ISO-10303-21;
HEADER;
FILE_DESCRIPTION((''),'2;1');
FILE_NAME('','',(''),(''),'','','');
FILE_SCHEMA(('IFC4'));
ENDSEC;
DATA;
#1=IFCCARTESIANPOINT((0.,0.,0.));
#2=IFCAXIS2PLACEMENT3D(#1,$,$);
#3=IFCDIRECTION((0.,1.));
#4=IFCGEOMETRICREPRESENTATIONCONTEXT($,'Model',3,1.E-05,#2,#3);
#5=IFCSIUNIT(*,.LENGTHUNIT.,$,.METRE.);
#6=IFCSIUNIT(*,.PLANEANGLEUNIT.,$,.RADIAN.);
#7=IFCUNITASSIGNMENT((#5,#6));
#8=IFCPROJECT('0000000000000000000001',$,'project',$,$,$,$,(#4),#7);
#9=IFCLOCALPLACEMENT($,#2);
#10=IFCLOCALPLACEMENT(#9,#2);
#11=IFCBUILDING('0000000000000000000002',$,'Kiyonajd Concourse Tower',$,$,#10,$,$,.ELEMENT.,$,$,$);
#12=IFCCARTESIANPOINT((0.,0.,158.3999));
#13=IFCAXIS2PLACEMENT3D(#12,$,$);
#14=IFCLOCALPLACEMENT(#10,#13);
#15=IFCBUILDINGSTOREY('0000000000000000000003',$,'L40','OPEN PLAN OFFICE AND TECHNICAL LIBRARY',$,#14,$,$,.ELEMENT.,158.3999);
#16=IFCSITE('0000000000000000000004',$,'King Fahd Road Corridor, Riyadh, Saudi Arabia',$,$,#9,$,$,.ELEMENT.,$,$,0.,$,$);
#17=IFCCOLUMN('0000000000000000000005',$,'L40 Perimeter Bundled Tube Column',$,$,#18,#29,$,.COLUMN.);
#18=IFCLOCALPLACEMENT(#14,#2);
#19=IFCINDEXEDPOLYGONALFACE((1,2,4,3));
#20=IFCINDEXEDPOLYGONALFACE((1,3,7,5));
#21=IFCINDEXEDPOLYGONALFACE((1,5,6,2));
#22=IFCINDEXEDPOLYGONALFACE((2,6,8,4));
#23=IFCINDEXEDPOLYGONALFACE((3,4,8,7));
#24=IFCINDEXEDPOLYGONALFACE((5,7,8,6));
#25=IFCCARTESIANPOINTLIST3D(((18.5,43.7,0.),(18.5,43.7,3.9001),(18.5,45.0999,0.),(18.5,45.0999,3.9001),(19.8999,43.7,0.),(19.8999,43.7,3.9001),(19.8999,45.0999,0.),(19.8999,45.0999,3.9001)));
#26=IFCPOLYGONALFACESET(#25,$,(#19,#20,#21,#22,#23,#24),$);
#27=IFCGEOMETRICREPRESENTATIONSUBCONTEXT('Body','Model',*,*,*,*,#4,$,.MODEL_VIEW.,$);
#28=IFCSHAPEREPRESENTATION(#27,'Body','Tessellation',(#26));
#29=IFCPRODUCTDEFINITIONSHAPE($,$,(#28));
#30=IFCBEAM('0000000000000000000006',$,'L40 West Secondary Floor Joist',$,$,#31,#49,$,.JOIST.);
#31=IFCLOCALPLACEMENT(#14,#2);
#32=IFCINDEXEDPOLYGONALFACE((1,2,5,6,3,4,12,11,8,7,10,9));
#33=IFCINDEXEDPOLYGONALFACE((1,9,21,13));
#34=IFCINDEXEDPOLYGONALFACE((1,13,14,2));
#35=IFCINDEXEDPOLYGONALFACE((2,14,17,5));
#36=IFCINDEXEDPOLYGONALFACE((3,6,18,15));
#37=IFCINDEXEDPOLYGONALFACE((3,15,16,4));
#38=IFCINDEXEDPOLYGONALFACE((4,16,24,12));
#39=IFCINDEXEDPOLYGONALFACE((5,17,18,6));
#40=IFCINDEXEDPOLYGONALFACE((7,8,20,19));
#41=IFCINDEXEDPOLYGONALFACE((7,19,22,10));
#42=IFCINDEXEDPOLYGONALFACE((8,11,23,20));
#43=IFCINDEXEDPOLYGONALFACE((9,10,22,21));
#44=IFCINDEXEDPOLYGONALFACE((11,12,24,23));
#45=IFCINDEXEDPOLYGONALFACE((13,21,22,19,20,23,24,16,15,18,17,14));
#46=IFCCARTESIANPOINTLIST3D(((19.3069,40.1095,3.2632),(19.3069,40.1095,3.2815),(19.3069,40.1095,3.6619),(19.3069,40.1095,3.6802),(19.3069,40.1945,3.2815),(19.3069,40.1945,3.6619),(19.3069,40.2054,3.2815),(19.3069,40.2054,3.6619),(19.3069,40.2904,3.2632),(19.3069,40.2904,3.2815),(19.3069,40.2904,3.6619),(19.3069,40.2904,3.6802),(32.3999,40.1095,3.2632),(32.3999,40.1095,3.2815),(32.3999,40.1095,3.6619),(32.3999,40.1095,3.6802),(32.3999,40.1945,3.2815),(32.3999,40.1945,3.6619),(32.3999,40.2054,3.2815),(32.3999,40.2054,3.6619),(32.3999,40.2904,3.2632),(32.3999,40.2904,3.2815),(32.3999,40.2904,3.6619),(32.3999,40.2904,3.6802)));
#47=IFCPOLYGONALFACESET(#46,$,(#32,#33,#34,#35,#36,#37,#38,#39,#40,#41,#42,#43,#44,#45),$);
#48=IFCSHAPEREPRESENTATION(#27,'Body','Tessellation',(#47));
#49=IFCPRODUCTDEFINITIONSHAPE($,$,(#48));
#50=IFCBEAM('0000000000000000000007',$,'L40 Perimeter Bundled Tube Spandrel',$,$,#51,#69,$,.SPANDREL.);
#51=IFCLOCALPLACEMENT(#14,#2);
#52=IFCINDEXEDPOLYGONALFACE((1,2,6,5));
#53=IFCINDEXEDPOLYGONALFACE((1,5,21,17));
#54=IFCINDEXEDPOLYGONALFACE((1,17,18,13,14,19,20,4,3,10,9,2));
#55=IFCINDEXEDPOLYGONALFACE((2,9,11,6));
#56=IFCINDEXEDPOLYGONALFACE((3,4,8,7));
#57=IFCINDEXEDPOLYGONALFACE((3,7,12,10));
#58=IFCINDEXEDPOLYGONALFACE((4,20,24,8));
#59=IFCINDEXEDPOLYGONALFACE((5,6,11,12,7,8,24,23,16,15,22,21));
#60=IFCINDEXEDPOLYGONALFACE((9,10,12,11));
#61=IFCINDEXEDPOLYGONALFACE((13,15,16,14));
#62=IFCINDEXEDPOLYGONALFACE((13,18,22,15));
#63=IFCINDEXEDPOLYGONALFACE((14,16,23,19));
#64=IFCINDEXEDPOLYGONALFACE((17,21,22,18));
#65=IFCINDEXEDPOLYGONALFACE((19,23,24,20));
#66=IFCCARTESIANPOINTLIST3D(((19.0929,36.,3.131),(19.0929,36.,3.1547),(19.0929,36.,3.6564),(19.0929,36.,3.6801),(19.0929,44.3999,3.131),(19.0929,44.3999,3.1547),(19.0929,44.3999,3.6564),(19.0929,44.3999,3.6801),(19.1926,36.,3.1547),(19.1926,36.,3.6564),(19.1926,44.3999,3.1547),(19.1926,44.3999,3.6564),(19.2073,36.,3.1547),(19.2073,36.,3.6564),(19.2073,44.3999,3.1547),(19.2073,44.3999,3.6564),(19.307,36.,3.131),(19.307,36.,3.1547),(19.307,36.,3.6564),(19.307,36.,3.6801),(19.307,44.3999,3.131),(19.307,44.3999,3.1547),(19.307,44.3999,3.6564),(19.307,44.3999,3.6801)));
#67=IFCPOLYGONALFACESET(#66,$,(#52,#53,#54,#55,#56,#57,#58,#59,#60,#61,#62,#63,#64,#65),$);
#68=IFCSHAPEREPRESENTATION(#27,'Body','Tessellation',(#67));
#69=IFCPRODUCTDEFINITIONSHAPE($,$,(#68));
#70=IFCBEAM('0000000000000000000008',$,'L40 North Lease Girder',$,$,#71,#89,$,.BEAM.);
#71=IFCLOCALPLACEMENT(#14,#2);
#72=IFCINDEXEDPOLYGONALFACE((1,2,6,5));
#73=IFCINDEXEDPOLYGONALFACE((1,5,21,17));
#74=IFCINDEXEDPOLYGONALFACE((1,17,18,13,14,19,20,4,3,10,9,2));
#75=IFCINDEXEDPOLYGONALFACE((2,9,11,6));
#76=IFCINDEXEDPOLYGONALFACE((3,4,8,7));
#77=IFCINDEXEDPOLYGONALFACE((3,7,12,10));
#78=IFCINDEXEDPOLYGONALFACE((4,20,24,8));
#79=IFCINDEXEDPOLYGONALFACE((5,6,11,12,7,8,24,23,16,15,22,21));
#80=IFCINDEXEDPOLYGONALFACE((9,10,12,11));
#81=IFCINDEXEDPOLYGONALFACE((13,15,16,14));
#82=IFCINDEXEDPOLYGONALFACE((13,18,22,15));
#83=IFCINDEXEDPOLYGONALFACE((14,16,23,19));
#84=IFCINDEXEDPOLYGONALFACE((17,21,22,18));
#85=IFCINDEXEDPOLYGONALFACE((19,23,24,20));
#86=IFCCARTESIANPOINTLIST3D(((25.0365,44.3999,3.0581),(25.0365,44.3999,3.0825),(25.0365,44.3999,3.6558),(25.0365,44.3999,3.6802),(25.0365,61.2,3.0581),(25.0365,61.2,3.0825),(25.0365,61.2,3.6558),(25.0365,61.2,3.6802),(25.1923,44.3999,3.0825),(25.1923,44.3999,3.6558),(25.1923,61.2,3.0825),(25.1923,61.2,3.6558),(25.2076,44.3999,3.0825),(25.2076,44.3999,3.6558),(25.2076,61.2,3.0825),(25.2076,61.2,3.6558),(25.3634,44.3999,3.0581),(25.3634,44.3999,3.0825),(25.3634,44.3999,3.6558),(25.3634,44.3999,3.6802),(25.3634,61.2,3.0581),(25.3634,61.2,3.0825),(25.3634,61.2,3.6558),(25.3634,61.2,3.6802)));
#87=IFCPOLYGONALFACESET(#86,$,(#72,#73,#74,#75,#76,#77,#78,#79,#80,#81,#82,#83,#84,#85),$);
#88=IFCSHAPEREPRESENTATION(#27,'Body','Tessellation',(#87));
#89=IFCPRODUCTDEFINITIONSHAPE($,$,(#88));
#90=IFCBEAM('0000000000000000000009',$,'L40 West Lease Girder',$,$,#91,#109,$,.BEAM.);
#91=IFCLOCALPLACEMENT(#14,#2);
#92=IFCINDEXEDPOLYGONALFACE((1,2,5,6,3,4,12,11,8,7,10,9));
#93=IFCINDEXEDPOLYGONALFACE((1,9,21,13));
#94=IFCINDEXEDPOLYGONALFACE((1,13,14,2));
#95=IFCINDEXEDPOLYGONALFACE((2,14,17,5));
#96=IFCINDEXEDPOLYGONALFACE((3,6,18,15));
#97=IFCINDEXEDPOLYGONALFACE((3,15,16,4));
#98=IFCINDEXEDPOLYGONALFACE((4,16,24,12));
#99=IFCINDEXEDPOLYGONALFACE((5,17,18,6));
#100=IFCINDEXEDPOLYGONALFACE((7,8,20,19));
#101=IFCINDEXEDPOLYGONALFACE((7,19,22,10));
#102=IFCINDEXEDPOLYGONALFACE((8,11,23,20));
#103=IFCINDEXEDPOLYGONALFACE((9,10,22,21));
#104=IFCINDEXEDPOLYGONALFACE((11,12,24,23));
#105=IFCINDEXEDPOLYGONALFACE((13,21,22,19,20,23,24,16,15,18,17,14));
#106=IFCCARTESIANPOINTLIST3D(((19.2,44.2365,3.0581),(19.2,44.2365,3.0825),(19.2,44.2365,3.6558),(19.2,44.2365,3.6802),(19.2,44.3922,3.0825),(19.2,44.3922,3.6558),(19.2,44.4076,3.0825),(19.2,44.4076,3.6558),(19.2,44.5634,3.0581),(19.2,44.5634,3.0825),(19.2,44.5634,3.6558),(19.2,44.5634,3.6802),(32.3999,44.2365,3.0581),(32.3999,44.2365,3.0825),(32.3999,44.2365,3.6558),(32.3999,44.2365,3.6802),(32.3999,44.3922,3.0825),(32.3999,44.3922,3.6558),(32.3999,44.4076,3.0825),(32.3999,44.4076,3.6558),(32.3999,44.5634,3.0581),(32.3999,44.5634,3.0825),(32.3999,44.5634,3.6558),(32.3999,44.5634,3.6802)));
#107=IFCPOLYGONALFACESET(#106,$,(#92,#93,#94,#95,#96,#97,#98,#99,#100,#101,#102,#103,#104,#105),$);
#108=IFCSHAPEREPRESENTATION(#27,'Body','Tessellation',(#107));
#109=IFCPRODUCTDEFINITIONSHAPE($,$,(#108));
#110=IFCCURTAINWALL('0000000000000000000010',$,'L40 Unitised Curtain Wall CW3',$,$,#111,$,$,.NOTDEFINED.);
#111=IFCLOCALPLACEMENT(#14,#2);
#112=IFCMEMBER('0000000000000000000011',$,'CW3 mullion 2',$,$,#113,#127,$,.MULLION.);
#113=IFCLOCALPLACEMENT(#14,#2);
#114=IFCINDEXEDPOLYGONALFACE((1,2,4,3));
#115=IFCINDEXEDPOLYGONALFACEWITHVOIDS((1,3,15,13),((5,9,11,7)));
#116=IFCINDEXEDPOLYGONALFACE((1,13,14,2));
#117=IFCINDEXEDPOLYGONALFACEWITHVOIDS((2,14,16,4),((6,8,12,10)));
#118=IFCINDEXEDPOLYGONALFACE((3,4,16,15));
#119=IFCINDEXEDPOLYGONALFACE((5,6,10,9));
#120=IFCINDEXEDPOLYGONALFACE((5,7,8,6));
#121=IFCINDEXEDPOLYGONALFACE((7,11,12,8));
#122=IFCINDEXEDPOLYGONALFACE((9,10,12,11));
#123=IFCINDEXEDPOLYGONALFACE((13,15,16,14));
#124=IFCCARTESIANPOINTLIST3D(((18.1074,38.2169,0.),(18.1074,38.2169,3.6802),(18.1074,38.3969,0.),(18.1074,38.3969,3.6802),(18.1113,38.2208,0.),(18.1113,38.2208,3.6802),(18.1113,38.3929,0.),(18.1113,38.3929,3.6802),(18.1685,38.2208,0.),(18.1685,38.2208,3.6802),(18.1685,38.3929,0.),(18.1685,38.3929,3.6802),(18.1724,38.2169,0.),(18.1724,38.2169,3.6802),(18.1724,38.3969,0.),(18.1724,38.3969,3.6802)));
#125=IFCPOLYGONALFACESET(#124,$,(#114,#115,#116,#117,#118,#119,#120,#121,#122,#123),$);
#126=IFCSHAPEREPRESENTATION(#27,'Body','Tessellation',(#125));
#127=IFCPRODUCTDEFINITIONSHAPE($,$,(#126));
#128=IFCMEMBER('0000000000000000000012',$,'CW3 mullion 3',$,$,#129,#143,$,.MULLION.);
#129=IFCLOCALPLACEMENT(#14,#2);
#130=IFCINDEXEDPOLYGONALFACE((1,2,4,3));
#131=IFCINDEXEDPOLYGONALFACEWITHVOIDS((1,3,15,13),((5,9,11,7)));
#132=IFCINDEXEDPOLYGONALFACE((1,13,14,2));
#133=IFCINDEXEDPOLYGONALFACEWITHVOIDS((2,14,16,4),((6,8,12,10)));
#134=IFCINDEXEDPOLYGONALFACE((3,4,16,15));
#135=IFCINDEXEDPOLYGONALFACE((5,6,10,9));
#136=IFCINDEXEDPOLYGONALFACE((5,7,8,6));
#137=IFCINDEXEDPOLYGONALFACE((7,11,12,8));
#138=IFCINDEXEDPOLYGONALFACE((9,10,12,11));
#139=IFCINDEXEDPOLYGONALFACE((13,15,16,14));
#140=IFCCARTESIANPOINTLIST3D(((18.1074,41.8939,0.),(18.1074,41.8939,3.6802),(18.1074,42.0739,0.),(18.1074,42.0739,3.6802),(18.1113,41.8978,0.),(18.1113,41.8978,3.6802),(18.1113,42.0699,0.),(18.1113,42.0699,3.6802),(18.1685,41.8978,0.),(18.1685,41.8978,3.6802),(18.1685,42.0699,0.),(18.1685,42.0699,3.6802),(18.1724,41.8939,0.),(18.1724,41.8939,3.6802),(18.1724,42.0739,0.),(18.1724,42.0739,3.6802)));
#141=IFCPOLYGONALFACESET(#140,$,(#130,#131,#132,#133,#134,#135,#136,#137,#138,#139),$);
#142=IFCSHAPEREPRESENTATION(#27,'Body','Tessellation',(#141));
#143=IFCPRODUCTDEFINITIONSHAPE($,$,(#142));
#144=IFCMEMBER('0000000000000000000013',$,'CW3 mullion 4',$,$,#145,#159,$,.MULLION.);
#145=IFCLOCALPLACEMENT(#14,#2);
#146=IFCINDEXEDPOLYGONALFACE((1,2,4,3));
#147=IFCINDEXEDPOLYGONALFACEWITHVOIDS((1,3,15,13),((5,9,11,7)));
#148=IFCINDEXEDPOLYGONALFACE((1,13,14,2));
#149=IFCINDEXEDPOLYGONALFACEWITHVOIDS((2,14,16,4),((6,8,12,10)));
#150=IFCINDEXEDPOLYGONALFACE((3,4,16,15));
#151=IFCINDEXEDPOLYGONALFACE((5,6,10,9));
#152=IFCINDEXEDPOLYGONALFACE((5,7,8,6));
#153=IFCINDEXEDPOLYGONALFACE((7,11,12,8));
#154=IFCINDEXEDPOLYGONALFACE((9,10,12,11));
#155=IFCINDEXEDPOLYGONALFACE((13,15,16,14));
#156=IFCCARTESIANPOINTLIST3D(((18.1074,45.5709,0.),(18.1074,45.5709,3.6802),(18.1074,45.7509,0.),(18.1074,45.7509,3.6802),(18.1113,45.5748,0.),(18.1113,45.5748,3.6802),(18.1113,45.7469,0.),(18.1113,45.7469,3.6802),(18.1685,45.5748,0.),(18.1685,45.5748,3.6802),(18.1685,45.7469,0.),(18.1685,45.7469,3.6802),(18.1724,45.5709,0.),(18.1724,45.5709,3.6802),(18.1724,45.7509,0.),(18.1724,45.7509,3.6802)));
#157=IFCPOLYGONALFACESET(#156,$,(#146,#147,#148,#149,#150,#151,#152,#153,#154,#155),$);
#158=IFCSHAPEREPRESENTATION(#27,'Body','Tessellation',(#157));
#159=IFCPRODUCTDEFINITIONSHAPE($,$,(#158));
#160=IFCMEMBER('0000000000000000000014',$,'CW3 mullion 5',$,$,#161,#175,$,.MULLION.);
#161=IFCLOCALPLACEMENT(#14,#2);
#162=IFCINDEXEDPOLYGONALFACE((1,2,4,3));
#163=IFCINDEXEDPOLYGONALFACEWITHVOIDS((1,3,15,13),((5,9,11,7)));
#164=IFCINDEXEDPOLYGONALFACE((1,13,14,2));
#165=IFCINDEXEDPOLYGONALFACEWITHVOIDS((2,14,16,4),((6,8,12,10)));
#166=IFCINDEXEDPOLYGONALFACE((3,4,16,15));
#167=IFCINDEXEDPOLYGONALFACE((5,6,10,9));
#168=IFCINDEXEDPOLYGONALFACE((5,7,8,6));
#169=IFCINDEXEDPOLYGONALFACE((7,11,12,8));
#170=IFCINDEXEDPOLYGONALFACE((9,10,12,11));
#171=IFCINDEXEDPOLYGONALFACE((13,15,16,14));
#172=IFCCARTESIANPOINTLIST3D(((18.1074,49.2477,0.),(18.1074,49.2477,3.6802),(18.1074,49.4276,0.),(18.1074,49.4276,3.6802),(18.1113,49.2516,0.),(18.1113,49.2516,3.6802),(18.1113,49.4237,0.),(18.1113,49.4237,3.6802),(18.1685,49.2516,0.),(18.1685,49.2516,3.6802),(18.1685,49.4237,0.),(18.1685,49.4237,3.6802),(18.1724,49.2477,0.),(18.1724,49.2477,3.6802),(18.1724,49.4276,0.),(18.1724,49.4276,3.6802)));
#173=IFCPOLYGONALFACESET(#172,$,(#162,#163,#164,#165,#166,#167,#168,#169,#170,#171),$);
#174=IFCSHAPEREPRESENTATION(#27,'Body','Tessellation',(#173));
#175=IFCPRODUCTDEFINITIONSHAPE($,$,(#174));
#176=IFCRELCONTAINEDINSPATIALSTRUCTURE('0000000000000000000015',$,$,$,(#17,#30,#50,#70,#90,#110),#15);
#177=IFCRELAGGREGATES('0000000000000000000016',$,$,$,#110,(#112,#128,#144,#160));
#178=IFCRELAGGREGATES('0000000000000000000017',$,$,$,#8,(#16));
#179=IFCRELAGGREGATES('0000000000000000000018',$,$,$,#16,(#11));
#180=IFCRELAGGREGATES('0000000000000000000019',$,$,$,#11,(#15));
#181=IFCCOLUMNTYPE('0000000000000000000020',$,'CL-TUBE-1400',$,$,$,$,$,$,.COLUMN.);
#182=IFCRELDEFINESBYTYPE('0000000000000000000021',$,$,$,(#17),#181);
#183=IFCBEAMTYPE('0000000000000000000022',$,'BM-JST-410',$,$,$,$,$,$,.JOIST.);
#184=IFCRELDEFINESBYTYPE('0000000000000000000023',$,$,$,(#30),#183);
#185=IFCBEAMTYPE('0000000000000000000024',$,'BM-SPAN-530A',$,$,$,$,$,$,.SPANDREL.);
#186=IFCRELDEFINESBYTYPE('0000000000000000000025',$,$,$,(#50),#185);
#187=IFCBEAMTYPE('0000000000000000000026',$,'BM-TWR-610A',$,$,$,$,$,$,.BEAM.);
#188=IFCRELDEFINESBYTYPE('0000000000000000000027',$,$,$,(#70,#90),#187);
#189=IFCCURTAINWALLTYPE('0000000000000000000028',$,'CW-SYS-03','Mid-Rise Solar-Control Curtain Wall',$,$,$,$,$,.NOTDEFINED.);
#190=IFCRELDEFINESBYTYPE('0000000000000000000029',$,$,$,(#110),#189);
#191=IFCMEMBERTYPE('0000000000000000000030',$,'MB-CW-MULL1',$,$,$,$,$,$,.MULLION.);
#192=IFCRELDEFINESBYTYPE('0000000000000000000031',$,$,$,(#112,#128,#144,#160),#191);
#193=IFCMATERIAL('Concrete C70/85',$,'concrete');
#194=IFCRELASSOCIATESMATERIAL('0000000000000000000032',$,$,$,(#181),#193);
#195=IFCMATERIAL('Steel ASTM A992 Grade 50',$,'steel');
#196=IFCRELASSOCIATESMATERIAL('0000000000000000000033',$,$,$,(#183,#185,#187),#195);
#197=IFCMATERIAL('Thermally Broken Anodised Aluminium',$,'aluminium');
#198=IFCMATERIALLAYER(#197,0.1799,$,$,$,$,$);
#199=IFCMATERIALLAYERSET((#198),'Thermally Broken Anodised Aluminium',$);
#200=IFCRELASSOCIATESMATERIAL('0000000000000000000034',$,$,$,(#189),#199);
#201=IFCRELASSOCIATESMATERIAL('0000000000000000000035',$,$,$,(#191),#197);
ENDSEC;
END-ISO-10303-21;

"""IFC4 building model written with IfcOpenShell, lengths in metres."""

from ifc_helpers import new_model, si_unit, direction, frame, origin, origin_2d, place, context, subcontext, project, spatial, rectangle, hollow_rectangle, i_section, extrude, material, layer, layer_set, material_profile, profile_set, type_object, element, aggregate, save


model = new_model("IFC4")

# Units and contexts
model_context = context("Model", 3, precision=1e-05, world=origin(), true_north=direction((0.0, 1.0)))
body_context = subcontext(model_context, "Body", "Model", "MODEL_VIEW")
ifc_project = project(units=[si_unit("LENGTHUNIT", "METRE"), si_unit("PLANEANGLEUNIT", "RADIAN")], contexts=[model_context])

# Site, building, storey
site_placement = place(None, origin())
site = spatial("IfcSite", under=ifc_project, at=site_placement, Name="King Fahd Road Corridor, Riyadh, Saudi Arabia", CompositionType="ELEMENT", RefElevation=0.0)
building_placement = place(site_placement, origin())
building = spatial("IfcBuilding", under=site, at=building_placement, Name="Kiyonajd Concourse Tower", CompositionType="ELEMENT")
storey_placement = place(building_placement, frame((0.0, 0.0, 158.3999)))
storey = spatial("IfcBuildingStorey", under=building, at=storey_placement, Name="L40", Description="OPEN PLAN OFFICE AND TECHNICAL LIBRARY", CompositionType="ELEMENT", Elevation=158.3999)

# Column
ifc_material_1 = material(Name="Concrete C70/85", Category="concrete")
ifc_material_profile_1 = material_profile(ifc_material_1, rectangle(XDim=1.3999, YDim=1.3999, at=origin_2d()), Name="RC-1400x1400")
ifc_profile_set_1 = profile_set([ifc_material_profile_1], Name="Concrete C70/85")
column_type = type_object("IfcColumnType", Name="CL-TUBE-1400", PredefinedType="COLUMN", material=ifc_profile_set_1)
column_placement = place(storey_placement, frame((19.2, 44.3999, 0.0), z_axis=(0.0, 0.0, 1.0), x_axis=(1.0, 0.0, 0.0)))
element("IfcColumn", 1, at=column_placement, inside=storey, type_object=column_type, Name="L40 Perimeter Bundled Tube Column", PredefinedType="COLUMN", context=body_context, shape_type="SweptSolid", body=[
    extrude(rectangle(XDim=1.3999, YDim=1.3999, at=origin_2d()), origin(), (0.0, 0.0, 1.0), 3.9001),
])

# Beams
ifc_material_2 = material(Name="Steel ASTM A992 Grade 50", Category="steel")
ifc_material_profile_2 = material_profile(ifc_material_2, i_section(OverallWidth=0.1809, OverallDepth=0.417, WebThickness=0.011, FlangeThickness=0.0183, at=origin_2d()), Name="W410X85")
ifc_profile_set_2 = profile_set([ifc_material_profile_2], Name="Steel ASTM A992 Grade 50")
beam_type_1 = type_object("IfcBeamType", Name="BM-JST-410", PredefinedType="JOIST", material=ifc_profile_set_2)
beam_1_placement = place(storey_placement, frame((19.3069, 40.2, 3.4717), z_axis=(1.0, 0.0, 0.0), x_axis=(0.0, 1.0, 0.0)))
element("IfcBeam", 2, at=beam_1_placement, inside=storey, type_object=beam_type_1, Name="L40 West Secondary Floor Joist", PredefinedType="JOIST", context=body_context, shape_type="SweptSolid", body=[
    extrude(i_section(OverallWidth=0.1809, OverallDepth=0.417, WebThickness=0.011, FlangeThickness=0.0183, at=origin_2d()), origin(), (0.0, 0.0, 1.0), 13.093),
])
ifc_material_profile_3 = material_profile(ifc_material_2, i_section(OverallWidth=0.2141, OverallDepth=0.5491, WebThickness=0.0146, FlangeThickness=0.0237, at=origin_2d()), Name="W530X138")
ifc_profile_set_3 = profile_set([ifc_material_profile_3], Name="Steel ASTM A992 Grade 50")
beam_type_2 = type_object("IfcBeamType", Name="BM-SPAN-530A", PredefinedType="SPANDREL", material=ifc_profile_set_3)
beam_2_placement = place(storey_placement, frame((19.2, 44.3999, 3.4055), z_axis=(0.0, -1.0, 0.0), x_axis=(1.0, 0.0, 0.0)))
element("IfcBeam", 3, at=beam_2_placement, inside=storey, type_object=beam_type_2, Name="L40 Perimeter Bundled Tube Spandrel", PredefinedType="SPANDREL", context=body_context, shape_type="SweptSolid", body=[
    extrude(i_section(OverallWidth=0.2141, OverallDepth=0.5491, WebThickness=0.0146, FlangeThickness=0.0237, at=origin_2d()), origin(), (0.0, 0.0, 1.0), 8.3999),
])
ifc_material_profile_4 = material_profile(ifc_material_2, i_section(OverallWidth=0.3269, OverallDepth=0.6221, WebThickness=0.0154, FlangeThickness=0.0244, at=origin_2d()), Name="W610X195")
ifc_profile_set_4 = profile_set([ifc_material_profile_4], Name="Steel ASTM A992 Grade 50")
beam_type_3 = type_object("IfcBeamType", Name="BM-TWR-610A", PredefinedType="BEAM", material=ifc_profile_set_4)
beam_3_placement = place(storey_placement, frame((25.2, 44.3999, 3.3691), z_axis=(0.0, 1.0, 0.0), x_axis=(-1.0, 0.0, 0.0)))
element("IfcBeam", 4, at=beam_3_placement, inside=storey, type_object=beam_type_3, Name="L40 North Lease Girder", PredefinedType="BEAM", context=body_context, shape_type="SweptSolid", body=[
    extrude(i_section(OverallWidth=0.3269, OverallDepth=0.6221, WebThickness=0.0154, FlangeThickness=0.0244, at=origin_2d()), origin(), (0.0, 0.0, 1.0), 16.8),
])
beam_4_placement = place(storey_placement, frame((19.2, 44.3999, 3.3691), z_axis=(1.0, 0.0, 0.0), x_axis=(0.0, 1.0, 0.0)))
element("IfcBeam", 5, at=beam_4_placement, inside=storey, type_object=beam_type_3, Name="L40 West Lease Girder", PredefinedType="BEAM", context=body_context, shape_type="SweptSolid", body=[
    extrude(i_section(OverallWidth=0.3269, OverallDepth=0.6221, WebThickness=0.0154, FlangeThickness=0.0244, at=origin_2d()), origin(), (0.0, 0.0, 1.0), 13.2),
])

# Curtain wall, members
ifc_material_3 = material(Name="Thermally Broken Anodised Aluminium", Category="aluminium")
ifc_layer_1 = layer(ifc_material_3, 0.1799)
ifc_layer_set_1 = layer_set([ifc_layer_1], Name="Thermally Broken Anodised Aluminium")
curtain_wall_type = type_object("IfcCurtainWallType", Name="CW-SYS-03", Description="Mid-Rise Solar-Control Curtain Wall", PredefinedType="NOTDEFINED", material=ifc_layer_set_1)
curtain_wall_placement = place(storey_placement, origin())
curtain_wall = element("IfcCurtainWall", 6, at=curtain_wall_placement, inside=storey, type_object=curtain_wall_type, Name="L40 Unitised Curtain Wall CW3", PredefinedType="NOTDEFINED")
ifc_material_profile_5 = material_profile(ifc_material_3, hollow_rectangle(XDim=0.0649, YDim=0.1799, WallThickness=0.0039, at=origin_2d()), Name="MULL-65x180")
ifc_profile_set_5 = profile_set([ifc_material_profile_5], Name="Thermally Broken Anodised Aluminium")
member_type_1 = type_object("IfcMemberType", Name="MB-CW-MULL1", PredefinedType="MULLION", material=ifc_profile_set_5)
member_1_placement = place(storey_placement, frame((18.1399, 38.3069, 0.0), z_axis=(0.0, 0.0, 1.0), x_axis=(-1.0, 0.0, 0.0)))
member_1 = element("IfcMember", 7, at=member_1_placement, type_object=member_type_1, Name="CW3 mullion 2", PredefinedType="MULLION", context=body_context, shape_type="SweptSolid", body=[
    extrude(hollow_rectangle(XDim=0.0649, YDim=0.1799, WallThickness=0.0039, at=origin_2d()), origin(), (0.0, 0.0, 1.0), 3.6802),
])
member_2_placement = place(storey_placement, frame((18.1399, 41.9839, 0.0), z_axis=(0.0, 0.0, 1.0), x_axis=(-1.0, 0.0, 0.0)))
member_2 = element("IfcMember", 8, at=member_2_placement, type_object=member_type_1, Name="CW3 mullion 3", PredefinedType="MULLION", context=body_context, shape_type="SweptSolid", body=[
    extrude(hollow_rectangle(XDim=0.0649, YDim=0.1799, WallThickness=0.0039, at=origin_2d()), origin(), (0.0, 0.0, 1.0), 3.6802),
])
member_3_placement = place(storey_placement, frame((18.1399, 45.6609, 0.0), z_axis=(0.0, 0.0, 1.0), x_axis=(-1.0, 0.0, 0.0)))
member_3 = element("IfcMember", 9, at=member_3_placement, type_object=member_type_1, Name="CW3 mullion 4", PredefinedType="MULLION", context=body_context, shape_type="SweptSolid", body=[
    extrude(hollow_rectangle(XDim=0.0649, YDim=0.1799, WallThickness=0.0039, at=origin_2d()), origin(), (0.0, 0.0, 1.0), 3.6802),
])
member_4_placement = place(storey_placement, frame((18.1399, 49.3376, 0.0), z_axis=(0.0, 0.0, 1.0), x_axis=(-1.0, 0.0, 0.0)))
member_4 = element("IfcMember", 10, at=member_4_placement, type_object=member_type_1, Name="CW3 mullion 5", PredefinedType="MULLION", context=body_context, shape_type="SweptSolid", body=[
    extrude(hollow_rectangle(XDim=0.0649, YDim=0.1799, WallThickness=0.0039, at=origin_2d()), origin(), (0.0, 0.0, 1.0), 3.6802),
])
aggregate(curtain_wall, [member_1, member_2, member_3, member_4])

save(model, "model.ifc")
